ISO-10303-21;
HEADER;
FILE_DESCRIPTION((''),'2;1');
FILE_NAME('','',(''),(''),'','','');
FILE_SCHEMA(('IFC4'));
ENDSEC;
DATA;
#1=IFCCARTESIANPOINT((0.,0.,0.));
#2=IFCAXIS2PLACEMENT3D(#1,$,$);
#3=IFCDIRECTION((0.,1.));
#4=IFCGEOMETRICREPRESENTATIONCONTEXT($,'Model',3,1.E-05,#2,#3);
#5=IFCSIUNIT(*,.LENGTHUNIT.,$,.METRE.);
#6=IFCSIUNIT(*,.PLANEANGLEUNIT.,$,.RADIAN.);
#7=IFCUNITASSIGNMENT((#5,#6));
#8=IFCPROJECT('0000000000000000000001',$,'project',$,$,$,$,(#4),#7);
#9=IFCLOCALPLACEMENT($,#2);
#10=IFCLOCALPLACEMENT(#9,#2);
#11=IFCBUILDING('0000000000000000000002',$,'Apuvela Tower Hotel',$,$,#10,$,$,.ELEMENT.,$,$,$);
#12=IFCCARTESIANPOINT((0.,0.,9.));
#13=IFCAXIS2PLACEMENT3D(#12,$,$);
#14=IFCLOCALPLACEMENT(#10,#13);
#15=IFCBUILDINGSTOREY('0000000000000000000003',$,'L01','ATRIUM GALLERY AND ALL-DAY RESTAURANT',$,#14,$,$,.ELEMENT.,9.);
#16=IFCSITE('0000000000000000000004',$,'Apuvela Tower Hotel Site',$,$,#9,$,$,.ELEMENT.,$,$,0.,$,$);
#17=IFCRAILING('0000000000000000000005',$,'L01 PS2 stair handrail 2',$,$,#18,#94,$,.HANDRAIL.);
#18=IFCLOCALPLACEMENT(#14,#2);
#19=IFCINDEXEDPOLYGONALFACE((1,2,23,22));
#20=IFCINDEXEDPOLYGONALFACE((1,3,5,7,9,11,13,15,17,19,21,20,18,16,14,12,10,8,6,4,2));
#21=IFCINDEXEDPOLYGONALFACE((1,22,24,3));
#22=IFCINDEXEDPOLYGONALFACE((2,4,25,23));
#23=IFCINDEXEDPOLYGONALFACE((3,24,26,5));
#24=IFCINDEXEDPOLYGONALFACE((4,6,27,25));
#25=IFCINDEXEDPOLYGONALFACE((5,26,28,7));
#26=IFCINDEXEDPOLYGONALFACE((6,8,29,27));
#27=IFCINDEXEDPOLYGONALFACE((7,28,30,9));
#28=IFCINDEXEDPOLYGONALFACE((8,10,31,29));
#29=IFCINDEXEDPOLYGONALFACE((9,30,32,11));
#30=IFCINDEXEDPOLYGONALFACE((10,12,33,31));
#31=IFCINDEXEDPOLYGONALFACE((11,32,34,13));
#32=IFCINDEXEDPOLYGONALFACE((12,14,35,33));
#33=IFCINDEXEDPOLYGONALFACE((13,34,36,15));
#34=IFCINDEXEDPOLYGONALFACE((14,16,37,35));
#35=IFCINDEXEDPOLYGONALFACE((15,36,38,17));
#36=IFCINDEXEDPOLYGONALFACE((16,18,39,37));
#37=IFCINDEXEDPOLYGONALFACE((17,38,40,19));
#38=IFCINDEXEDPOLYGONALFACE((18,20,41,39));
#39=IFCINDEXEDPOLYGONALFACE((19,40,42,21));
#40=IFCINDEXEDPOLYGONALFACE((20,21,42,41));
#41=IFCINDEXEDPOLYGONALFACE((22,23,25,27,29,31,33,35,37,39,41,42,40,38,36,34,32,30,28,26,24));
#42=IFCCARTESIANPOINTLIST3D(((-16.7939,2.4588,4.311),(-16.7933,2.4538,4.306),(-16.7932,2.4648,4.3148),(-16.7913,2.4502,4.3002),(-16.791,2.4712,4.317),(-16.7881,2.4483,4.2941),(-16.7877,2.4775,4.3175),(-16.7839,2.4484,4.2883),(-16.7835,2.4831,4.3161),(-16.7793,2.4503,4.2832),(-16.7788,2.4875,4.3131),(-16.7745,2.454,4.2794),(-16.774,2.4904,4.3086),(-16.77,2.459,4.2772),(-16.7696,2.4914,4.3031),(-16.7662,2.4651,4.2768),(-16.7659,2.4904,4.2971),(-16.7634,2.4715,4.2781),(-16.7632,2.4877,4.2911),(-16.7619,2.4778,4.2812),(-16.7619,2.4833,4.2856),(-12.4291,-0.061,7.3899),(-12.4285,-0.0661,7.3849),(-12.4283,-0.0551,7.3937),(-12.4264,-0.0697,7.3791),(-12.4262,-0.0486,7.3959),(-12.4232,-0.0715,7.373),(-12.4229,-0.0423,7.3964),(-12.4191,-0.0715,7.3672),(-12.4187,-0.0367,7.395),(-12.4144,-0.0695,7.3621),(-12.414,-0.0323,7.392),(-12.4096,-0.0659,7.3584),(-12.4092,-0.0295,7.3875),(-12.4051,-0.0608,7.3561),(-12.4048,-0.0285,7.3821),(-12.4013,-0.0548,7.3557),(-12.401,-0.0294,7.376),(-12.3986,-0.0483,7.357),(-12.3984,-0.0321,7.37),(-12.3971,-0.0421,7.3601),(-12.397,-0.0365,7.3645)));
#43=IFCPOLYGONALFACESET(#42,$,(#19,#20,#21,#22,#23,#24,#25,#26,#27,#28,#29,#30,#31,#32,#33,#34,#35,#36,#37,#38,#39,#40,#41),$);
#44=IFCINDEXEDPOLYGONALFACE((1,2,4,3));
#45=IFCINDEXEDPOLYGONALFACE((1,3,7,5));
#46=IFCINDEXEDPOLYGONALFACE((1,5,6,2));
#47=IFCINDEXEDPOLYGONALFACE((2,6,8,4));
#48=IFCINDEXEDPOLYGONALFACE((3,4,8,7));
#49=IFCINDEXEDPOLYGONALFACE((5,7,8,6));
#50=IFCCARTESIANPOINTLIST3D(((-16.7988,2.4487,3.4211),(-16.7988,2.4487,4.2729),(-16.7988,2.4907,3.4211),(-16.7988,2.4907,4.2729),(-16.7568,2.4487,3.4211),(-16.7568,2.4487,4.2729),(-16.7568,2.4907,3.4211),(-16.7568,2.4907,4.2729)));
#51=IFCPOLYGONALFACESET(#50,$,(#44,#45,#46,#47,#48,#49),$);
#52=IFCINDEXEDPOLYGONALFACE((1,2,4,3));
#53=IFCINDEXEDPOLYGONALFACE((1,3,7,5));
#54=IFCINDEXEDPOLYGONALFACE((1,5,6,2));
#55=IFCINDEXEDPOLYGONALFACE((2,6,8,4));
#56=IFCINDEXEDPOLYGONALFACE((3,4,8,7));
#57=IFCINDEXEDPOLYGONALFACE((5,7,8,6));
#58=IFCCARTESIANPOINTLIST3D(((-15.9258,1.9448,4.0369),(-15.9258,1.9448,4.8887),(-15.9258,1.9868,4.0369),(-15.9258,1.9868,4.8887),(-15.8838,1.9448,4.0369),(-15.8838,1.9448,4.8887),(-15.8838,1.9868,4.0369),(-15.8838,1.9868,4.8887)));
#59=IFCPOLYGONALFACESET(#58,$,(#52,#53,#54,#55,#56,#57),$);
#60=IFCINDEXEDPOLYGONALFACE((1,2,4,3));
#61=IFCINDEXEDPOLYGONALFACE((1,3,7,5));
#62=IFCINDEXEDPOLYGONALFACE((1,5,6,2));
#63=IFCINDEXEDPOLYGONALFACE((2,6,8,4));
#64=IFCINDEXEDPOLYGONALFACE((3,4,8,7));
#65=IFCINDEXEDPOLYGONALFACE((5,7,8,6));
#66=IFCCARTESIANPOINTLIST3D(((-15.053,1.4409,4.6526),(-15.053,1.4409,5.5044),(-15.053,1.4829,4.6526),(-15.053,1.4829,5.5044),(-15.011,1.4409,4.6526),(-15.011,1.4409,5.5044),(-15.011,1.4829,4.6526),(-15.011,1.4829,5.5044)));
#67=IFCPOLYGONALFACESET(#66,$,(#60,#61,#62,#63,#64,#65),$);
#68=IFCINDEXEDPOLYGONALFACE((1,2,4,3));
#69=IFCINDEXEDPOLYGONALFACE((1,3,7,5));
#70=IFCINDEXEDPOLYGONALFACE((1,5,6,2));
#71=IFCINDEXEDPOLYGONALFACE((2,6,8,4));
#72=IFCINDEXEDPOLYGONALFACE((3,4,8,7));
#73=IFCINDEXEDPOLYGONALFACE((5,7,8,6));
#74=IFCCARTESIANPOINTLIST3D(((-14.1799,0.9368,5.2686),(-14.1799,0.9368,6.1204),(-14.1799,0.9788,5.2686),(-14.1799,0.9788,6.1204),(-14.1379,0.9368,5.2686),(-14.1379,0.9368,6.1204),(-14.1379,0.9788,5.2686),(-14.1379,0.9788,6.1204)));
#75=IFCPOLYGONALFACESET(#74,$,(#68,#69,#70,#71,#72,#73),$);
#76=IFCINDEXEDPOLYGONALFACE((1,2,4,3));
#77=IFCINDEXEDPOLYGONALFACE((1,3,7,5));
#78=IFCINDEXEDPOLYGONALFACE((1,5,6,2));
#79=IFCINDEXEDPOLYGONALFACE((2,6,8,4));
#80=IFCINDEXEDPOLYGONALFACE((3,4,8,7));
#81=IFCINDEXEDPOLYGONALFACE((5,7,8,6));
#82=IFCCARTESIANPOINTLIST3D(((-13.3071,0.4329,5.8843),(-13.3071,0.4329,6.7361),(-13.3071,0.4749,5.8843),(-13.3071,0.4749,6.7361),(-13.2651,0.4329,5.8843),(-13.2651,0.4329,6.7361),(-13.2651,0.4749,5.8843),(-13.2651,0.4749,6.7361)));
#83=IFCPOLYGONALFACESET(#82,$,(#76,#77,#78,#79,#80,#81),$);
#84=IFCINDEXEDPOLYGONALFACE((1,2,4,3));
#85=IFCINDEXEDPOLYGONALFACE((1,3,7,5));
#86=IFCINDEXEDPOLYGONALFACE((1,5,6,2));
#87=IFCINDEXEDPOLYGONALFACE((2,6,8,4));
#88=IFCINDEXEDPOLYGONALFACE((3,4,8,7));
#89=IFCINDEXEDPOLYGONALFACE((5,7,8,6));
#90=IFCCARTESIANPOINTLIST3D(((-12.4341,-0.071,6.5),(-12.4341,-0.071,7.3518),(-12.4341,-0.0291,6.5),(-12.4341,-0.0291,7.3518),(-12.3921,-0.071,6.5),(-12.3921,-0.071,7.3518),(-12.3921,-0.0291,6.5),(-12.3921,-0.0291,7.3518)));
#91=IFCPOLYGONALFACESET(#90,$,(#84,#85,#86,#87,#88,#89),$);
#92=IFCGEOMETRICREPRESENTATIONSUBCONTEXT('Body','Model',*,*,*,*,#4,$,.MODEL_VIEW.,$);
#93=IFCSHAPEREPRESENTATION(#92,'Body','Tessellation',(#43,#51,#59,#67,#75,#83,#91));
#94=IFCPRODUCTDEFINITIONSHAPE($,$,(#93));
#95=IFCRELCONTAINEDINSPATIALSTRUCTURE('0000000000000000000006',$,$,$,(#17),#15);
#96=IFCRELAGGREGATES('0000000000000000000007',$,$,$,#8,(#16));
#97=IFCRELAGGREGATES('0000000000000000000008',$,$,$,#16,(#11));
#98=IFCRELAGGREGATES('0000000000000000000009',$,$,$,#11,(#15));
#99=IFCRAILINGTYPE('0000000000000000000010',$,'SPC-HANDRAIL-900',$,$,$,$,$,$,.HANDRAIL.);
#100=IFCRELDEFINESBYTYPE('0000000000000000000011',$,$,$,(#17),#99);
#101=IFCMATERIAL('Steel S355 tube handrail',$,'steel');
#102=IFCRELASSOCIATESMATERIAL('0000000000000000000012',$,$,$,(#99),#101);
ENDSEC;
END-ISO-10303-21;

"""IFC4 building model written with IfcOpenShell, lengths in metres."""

from ifc_helpers import new_model, si_unit, direction, frame, origin, origin_2d, place, context, subcontext, project, spatial, rectangle, circle, extrude, material, type_object, element, save


model = new_model("IFC4")

# Units and contexts
model_context = context("Model", 3, precision=1e-05, world=origin(), true_north=direction((0.0, 1.0)))
body_context = subcontext(model_context, "Body", "Model", "MODEL_VIEW")
ifc_project = project(units=[si_unit("LENGTHUNIT", "METRE"), si_unit("PLANEANGLEUNIT", "RADIAN")], contexts=[model_context])

# Site, building, storey
site_placement = place(None, origin())
site = spatial("IfcSite", under=ifc_project, at=site_placement, Name="Apuvela Tower Hotel Site", CompositionType="ELEMENT", RefElevation=0.0)
building_placement = place(site_placement, origin())
building = spatial("IfcBuilding", under=site, at=building_placement, Name="Apuvela Tower Hotel", CompositionType="ELEMENT")
storey_placement = place(building_placement, frame((0.0, 0.0, 9.0)))
storey = spatial("IfcBuildingStorey", under=building, at=storey_placement, Name="L01", Description="ATRIUM GALLERY AND ALL-DAY RESTAURANT", CompositionType="ELEMENT", Elevation=9.0)

# Railing
ifc_material_1 = material(Name="Steel S355 tube handrail", Category="steel")
railing_type_1 = type_object("IfcRailingType", Name="SPC-HANDRAIL-900", PredefinedType="HANDRAIL", material=ifc_material_1)
railing_1_placement = place(storey_placement, frame((-16.7778, 2.4697, 3.4211)))
element("IfcRailing", 1, at=railing_1_placement, inside=storey, type_object=railing_type_1, Name="L01 PS2 stair handrail 2", PredefinedType="HANDRAIL", context=body_context, shape_type="SweptSolid", body=[
    extrude(circle(Radius=0.0239, at=origin_2d()), frame((0.0, 0.0, 0.876), z_axis=(0.739049, -0.426654, 0.521319), x_axis=(0.499968, 0.866044, 0.0)), (0.0, 0.0, 1.0), 5.906),
    extrude(rectangle(XDim=0.042, YDim=0.042, at=origin_2d()), origin(), (0.0, 0.0, 1.0), 0.8518),
    extrude(rectangle(XDim=0.042, YDim=0.042, at=origin_2d()), frame((0.873, -0.5039, 0.6157)), (0.0, 0.0, 1.0), 0.8518),
    extrude(rectangle(XDim=0.042, YDim=0.042, at=origin_2d()), frame((1.7458, -1.0078, 1.2314)), (0.0, 0.0, 1.0), 0.8518),
    extrude(rectangle(XDim=0.042, YDim=0.042, at=origin_2d()), frame((2.6189, -1.512, 1.8474)), (0.0, 0.0, 1.0), 0.8518),
    extrude(rectangle(XDim=0.042, YDim=0.042, at=origin_2d()), frame((3.4917, -2.0159, 2.4631)), (0.0, 0.0, 1.0), 0.8518),
    extrude(rectangle(XDim=0.042, YDim=0.042, at=origin_2d()), frame((4.3647, -2.5198, 3.0789)), (0.0, 0.0, 1.0), 0.8518),
])

save(model, "model.ifc")
